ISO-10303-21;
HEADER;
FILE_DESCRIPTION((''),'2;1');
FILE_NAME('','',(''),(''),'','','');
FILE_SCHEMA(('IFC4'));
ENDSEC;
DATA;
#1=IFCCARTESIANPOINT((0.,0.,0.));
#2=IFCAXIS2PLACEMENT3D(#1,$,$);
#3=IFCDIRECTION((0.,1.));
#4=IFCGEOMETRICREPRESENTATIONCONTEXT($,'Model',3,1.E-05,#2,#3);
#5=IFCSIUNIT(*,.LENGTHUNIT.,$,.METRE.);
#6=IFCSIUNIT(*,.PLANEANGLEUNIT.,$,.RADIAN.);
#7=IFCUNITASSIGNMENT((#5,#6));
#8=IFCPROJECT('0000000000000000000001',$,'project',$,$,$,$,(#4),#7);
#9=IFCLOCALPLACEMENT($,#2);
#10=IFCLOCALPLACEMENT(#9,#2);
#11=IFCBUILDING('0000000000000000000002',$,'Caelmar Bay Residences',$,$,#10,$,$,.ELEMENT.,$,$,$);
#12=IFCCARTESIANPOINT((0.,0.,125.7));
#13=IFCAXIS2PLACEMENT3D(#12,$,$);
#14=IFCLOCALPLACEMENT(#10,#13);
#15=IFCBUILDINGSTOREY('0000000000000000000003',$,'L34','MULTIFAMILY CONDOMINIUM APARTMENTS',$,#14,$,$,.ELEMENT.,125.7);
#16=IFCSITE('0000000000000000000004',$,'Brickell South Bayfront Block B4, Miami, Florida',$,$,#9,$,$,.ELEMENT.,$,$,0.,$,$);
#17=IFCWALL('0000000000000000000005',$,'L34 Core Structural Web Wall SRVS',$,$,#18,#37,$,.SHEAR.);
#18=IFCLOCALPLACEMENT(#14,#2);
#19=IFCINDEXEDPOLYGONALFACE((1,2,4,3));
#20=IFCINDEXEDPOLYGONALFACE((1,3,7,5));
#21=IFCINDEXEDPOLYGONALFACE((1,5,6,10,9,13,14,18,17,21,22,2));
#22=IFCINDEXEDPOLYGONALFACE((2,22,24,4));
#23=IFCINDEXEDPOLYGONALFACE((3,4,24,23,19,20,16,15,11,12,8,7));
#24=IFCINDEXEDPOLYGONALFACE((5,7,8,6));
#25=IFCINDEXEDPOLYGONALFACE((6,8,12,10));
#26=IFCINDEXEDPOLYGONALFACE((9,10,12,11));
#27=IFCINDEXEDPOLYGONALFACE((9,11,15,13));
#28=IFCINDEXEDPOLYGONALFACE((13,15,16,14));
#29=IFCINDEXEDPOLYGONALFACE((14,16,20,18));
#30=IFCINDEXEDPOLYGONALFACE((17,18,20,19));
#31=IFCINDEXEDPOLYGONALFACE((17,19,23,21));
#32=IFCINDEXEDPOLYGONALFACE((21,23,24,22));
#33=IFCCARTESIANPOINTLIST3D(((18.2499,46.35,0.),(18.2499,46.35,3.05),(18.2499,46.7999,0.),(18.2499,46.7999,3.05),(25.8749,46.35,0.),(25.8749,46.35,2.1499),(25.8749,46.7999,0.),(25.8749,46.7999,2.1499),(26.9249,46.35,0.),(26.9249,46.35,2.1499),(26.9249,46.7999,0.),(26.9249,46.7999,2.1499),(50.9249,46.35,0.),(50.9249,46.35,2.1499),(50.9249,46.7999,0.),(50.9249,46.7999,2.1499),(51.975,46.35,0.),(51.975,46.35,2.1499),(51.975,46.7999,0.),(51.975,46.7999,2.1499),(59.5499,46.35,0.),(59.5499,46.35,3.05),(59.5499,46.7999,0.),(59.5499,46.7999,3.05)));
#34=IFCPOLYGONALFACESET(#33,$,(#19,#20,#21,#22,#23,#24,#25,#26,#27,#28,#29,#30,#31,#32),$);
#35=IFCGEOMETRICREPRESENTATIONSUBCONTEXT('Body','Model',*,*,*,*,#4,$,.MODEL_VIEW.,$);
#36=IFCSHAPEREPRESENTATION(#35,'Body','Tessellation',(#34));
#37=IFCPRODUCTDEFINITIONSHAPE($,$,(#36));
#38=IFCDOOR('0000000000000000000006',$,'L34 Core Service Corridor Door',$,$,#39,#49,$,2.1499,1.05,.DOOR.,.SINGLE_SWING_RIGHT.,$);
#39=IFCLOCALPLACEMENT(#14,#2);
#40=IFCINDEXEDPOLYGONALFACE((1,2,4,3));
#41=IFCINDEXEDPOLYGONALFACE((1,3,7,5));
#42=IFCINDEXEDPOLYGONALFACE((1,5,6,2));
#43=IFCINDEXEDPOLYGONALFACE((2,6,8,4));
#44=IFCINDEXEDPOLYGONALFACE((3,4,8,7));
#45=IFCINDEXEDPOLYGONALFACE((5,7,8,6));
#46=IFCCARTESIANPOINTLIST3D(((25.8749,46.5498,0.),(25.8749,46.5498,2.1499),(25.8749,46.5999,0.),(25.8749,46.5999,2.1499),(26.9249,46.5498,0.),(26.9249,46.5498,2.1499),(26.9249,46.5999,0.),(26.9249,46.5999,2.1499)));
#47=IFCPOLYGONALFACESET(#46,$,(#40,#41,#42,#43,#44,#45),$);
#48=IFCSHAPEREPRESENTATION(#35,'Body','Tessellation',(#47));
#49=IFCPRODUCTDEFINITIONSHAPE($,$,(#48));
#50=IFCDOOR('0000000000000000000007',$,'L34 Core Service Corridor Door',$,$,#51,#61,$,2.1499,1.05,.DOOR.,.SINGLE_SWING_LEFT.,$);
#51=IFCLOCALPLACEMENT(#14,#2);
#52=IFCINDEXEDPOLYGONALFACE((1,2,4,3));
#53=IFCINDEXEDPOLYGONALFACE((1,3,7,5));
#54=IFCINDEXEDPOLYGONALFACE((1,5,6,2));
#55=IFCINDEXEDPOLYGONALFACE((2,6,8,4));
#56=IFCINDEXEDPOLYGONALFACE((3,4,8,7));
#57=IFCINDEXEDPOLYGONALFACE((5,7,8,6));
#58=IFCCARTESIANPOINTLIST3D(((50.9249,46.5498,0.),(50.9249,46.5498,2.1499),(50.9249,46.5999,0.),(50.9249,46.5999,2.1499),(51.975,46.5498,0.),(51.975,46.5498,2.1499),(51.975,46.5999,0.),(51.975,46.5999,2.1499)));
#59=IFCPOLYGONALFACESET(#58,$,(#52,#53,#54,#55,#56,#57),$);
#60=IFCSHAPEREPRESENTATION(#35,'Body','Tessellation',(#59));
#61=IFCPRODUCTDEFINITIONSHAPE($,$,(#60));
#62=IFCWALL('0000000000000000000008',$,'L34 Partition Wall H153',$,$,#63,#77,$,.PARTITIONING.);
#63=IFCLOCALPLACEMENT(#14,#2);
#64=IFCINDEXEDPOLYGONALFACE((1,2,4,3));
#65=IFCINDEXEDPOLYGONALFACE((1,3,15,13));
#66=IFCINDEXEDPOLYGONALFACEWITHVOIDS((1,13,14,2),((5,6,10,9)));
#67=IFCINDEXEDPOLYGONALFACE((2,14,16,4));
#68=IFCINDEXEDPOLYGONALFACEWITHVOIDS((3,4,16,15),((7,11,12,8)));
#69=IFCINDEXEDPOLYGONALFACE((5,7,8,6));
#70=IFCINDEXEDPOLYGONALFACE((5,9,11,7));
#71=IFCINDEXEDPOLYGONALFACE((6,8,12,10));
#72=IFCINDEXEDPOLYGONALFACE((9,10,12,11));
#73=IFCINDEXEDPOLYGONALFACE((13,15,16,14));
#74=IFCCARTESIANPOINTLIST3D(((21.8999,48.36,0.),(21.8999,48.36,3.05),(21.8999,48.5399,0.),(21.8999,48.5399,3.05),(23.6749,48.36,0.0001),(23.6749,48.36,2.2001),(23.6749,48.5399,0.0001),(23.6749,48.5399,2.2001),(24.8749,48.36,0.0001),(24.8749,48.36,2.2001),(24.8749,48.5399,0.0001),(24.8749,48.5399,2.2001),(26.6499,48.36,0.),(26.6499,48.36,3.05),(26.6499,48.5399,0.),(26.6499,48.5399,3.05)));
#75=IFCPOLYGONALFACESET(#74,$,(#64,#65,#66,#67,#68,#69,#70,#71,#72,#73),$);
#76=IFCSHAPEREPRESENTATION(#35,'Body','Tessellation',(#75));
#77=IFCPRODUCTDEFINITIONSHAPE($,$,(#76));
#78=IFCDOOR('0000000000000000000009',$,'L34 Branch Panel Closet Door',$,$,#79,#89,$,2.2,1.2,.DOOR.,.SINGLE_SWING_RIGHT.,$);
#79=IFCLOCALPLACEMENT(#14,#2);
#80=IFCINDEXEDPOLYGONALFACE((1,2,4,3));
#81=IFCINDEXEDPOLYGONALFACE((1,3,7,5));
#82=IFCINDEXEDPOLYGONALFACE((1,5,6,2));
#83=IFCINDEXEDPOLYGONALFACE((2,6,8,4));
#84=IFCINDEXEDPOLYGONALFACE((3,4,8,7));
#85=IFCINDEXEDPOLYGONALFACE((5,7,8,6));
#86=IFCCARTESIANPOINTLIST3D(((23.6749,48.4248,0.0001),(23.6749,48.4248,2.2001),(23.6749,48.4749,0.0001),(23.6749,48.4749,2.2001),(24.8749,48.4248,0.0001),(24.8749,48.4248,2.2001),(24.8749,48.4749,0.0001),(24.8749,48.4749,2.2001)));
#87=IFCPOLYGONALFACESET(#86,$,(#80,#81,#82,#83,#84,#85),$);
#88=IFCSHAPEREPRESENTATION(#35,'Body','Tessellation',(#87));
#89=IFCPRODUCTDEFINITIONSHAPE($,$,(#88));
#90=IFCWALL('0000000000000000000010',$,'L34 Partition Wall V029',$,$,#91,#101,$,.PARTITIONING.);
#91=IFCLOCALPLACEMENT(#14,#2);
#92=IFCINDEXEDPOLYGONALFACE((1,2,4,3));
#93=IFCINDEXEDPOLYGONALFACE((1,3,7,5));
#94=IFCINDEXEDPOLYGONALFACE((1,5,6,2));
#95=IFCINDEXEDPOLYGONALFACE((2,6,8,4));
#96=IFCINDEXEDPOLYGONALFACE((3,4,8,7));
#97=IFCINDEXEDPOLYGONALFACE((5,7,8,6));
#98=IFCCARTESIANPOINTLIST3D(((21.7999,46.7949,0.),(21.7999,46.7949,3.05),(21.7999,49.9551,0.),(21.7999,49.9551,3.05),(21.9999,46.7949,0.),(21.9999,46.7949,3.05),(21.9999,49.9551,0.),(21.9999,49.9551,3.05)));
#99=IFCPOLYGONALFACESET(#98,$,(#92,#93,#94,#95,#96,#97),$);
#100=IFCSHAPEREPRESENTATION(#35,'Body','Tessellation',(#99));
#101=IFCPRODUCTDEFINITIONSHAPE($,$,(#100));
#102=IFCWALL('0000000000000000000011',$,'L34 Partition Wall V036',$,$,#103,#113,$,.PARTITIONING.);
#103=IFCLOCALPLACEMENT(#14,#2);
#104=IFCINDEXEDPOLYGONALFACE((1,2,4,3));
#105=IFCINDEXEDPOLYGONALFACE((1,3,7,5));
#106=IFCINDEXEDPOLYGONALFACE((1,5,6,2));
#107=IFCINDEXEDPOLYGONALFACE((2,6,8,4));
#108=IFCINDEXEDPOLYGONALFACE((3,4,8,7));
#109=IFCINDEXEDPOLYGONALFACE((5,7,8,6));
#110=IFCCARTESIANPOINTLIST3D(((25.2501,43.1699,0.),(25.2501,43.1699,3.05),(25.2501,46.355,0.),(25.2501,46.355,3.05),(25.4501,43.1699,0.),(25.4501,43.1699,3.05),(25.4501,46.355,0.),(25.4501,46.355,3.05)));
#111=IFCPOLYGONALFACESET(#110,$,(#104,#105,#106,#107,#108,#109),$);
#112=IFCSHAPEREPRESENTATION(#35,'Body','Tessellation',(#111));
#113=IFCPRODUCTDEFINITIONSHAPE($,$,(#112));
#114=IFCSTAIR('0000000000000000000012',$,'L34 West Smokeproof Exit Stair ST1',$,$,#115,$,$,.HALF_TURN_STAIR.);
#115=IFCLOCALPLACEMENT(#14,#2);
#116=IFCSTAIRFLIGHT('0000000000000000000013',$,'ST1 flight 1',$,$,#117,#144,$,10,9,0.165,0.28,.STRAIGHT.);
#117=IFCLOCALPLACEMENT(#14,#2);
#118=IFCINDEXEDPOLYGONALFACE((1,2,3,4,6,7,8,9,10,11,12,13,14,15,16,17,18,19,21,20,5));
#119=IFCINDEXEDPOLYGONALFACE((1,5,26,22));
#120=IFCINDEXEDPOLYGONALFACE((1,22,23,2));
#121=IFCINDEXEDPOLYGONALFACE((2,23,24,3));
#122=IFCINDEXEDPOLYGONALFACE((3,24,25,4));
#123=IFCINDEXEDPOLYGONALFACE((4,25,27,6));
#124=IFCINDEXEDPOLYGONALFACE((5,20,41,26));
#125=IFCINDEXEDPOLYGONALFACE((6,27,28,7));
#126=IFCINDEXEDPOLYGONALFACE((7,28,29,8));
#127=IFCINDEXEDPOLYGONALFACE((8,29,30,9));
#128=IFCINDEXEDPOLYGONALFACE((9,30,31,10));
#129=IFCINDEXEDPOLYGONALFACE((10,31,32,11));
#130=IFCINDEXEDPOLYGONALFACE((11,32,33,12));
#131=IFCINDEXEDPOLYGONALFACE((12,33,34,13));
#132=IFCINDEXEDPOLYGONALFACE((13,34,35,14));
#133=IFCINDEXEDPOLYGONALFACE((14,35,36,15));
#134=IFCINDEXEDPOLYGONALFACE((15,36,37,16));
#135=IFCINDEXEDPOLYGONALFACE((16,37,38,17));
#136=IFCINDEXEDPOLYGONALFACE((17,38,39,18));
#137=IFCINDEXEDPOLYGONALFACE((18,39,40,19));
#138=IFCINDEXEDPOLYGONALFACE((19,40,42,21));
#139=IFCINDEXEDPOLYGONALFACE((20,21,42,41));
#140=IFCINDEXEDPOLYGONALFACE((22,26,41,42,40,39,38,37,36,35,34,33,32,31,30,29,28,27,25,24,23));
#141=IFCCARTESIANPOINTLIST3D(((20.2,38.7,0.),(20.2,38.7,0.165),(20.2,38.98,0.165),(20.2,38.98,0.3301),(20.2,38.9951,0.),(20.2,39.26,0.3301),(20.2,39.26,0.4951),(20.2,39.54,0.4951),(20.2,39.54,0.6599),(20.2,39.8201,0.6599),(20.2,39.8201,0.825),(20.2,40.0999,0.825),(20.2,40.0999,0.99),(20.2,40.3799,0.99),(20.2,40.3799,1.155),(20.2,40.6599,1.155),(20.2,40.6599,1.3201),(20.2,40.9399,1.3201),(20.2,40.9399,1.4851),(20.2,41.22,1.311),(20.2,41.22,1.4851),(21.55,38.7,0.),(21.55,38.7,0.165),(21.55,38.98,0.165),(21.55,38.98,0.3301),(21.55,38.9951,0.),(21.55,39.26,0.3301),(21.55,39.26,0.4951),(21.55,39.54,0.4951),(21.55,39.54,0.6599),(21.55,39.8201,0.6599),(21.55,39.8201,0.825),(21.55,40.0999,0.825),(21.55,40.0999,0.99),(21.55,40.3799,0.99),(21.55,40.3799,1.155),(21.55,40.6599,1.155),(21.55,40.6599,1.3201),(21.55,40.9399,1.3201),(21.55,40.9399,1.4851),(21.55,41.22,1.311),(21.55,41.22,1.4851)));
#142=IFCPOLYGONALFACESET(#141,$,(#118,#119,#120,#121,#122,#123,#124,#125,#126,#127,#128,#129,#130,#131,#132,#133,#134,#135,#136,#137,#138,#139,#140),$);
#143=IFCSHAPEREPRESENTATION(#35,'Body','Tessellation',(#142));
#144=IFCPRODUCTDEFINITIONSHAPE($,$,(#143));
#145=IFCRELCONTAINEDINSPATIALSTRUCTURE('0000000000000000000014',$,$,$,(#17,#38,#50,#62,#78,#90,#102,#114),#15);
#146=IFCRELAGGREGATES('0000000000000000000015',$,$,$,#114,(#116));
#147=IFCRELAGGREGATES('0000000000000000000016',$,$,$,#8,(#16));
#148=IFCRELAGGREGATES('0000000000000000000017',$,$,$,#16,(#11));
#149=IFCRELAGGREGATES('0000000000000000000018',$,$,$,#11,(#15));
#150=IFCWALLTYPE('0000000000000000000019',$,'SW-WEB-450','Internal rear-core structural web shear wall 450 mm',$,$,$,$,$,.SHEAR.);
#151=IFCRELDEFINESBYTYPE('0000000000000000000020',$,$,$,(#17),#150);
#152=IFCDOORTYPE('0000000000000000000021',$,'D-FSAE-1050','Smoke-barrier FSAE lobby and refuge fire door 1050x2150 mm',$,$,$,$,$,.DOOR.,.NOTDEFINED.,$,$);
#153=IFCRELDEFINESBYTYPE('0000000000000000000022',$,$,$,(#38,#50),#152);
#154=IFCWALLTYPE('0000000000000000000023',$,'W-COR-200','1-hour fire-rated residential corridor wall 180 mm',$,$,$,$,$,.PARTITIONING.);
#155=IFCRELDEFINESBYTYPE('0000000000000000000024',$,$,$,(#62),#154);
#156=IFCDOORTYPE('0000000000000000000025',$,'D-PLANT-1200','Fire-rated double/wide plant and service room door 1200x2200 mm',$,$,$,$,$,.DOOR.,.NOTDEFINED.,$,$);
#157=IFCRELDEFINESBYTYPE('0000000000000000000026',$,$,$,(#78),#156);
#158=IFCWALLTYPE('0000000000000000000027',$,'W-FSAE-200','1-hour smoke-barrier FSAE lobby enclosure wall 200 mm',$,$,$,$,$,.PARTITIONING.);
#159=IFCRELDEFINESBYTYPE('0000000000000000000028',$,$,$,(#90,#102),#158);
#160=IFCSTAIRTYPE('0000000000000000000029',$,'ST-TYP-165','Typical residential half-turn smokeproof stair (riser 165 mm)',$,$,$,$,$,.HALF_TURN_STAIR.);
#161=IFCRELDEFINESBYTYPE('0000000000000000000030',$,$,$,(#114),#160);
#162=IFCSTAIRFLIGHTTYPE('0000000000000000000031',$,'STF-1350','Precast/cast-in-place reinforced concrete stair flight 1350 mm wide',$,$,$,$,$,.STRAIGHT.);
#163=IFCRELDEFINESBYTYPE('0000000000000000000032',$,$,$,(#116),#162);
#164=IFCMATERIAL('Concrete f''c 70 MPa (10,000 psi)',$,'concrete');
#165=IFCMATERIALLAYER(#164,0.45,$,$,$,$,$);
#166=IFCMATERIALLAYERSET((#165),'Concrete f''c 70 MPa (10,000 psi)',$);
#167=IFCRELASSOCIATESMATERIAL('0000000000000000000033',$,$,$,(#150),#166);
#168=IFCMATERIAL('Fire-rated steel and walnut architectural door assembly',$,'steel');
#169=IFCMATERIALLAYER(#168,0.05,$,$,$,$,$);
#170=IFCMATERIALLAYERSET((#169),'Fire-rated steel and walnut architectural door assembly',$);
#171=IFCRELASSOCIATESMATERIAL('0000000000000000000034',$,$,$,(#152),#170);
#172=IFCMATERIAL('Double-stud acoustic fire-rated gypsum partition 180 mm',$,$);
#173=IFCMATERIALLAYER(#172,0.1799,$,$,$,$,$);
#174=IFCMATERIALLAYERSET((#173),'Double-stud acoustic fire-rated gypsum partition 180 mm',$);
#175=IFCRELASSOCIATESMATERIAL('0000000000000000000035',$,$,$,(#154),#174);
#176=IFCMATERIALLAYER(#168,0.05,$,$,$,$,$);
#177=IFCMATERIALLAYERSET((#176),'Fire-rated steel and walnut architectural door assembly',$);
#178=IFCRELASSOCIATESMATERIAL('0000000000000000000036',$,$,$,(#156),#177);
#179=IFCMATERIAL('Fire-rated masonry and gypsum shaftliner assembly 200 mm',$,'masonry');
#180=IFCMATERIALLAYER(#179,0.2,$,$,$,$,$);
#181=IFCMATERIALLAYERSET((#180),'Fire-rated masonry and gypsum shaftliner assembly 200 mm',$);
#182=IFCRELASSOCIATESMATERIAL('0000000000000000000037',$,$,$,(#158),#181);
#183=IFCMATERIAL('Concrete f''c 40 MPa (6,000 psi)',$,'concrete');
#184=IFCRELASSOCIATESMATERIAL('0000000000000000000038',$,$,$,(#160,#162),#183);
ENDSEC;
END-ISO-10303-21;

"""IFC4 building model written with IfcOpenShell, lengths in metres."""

from ifc_helpers import new_model, si_unit, direction, frame, frame_2d, origin, place, context, subcontext, project, spatial, polyline, rectangle, outline, extrude, material, layer, layer_set, type_object, element, fill, aggregate, save


model = new_model("IFC4")

# Units and contexts
model_context = context("Model", 3, precision=1e-05, world=origin(), true_north=direction((0.0, 1.0)))
body_context = subcontext(model_context, "Body", "Model", "MODEL_VIEW")
ifc_project = project(units=[si_unit("LENGTHUNIT", "METRE"), si_unit("PLANEANGLEUNIT", "RADIAN")], contexts=[model_context])

# Site, building, storey
site_placement = place(None, origin())
site = spatial("IfcSite", under=ifc_project, at=site_placement, Name="Brickell South Bayfront Block B4, Miami, Florida", CompositionType="ELEMENT", RefElevation=0.0)
building_placement = place(site_placement, origin())
building = spatial("IfcBuilding", under=site, at=building_placement, Name="Caelmar Bay Residences", CompositionType="ELEMENT")
storey_placement = place(building_placement, frame((0.0, 0.0, 125.7)))
storey = spatial("IfcBuildingStorey", under=building, at=storey_placement, Name="L34", Description="MULTIFAMILY CONDOMINIUM APARTMENTS", CompositionType="ELEMENT", Elevation=125.7)

# Shared definitions
ifc_material_1 = material(Name="Fire-rated steel and walnut architectural door assembly", Category="steel")

# Wall, openings, doors
ifc_material_2 = material(Name="Concrete f'c 70 MPa (10,000 psi)", Category="concrete")
ifc_layer_1 = layer(ifc_material_2, 0.45)
ifc_layer_set_1 = layer_set([ifc_layer_1], Name="Concrete f'c 70 MPa (10,000 psi)")
wall_type_1 = type_object("IfcWallType", Name="SW-WEB-450", Description="Internal rear-core structural web shear wall 450 mm", PredefinedType="SHEAR", material=ifc_layer_set_1)
ifc_layer_2 = layer(ifc_material_1, 0.05)
ifc_layer_set_2 = layer_set([ifc_layer_2], Name="Fire-rated steel and walnut architectural door assembly")
door_type_1 = type_object("IfcDoorType", Name="D-FSAE-1050", Description="Smoke-barrier FSAE lobby and refuge fire door 1050x2150 mm", OperationType="NOTDEFINED", PredefinedType="DOOR", material=ifc_layer_set_2)
wall_1_placement = place(storey_placement, frame((18.25, 46.575, 0.0), z_axis=(0.0, 0.0, 1.0), x_axis=(1.0, 0.0, 0.0)))
wall_1 = element("IfcWall", 1, at=wall_1_placement, inside=storey, type_object=wall_type_1, Name="L34 Core Structural Web Wall SRVS", PredefinedType="SHEAR", context=body_context, shape_type="SweptSolid", body=[
    extrude(rectangle(XDim=41.3, YDim=0.45, at=frame_2d((20.6499, 0.0))), origin(), (0.0, 0.0, 1.0), 3.05),
])
opening_1_placement = place(wall_1_placement, frame((7.625, 0.0, 0.0)))
opening_1 = element("IfcOpeningElement", 2, at=opening_1_placement, cuts=wall_1, PredefinedType="OPENING", context=body_context, shape_type="SweptSolid", body=[
    extrude(rectangle(XDim=1.05, YDim=2.1499, at=frame_2d((0.5249, 1.075))), frame((0.0, 0.2349, 0.0), z_axis=(0.0, -1.0, 0.0), x_axis=(1.0, 0.0, 0.0)), (0.0, 0.0, 1.0), 0.47),
])
opening_2_placement = place(wall_1_placement, frame((32.675, 0.0, 0.0)))
opening_2 = element("IfcOpeningElement", 3, at=opening_2_placement, cuts=wall_1, PredefinedType="OPENING", context=body_context, shape_type="SweptSolid", body=[
    extrude(rectangle(XDim=1.05, YDim=2.1499, at=frame_2d((0.5249, 1.075))), frame((0.0, 0.2349, 0.0), z_axis=(0.0, -1.0, 0.0), x_axis=(1.0, 0.0, 0.0)), (0.0, 0.0, 1.0), 0.47),
])
door_1_placement = place(opening_1_placement, origin())
door_1 = element("IfcDoor", 4, at=door_1_placement, inside=storey, type_object=door_type_1, Name="L34 Core Service Corridor Door", OperationType="SINGLE_SWING_RIGHT", OverallHeight=2.1499, OverallWidth=1.05, PredefinedType="DOOR", context=body_context, shape_type="SweptSolid", body=[
    extrude(rectangle(XDim=1.05, YDim=2.1499, at=frame_2d((0.5249, 1.075))), frame((0.0, 0.0249, 0.0), z_axis=(0.0, -1.0, 0.0), x_axis=(1.0, 0.0, 0.0)), (0.0, 0.0, 1.0), 0.05),
])
fill(opening_1, door_1)
door_2_placement = place(opening_2_placement, origin())
door_2 = element("IfcDoor", 5, at=door_2_placement, inside=storey, type_object=door_type_1, Name="L34 Core Service Corridor Door", OperationType="SINGLE_SWING_LEFT", OverallHeight=2.1499, OverallWidth=1.05, PredefinedType="DOOR", context=body_context, shape_type="SweptSolid", body=[
    extrude(rectangle(XDim=1.05, YDim=2.1499, at=frame_2d((0.5249, 1.075))), frame((0.0, 0.0249, 0.0), z_axis=(0.0, -1.0, 0.0), x_axis=(1.0, 0.0, 0.0)), (0.0, 0.0, 1.0), 0.05),
])
fill(opening_2, door_2)

# Wall, opening, door
ifc_material_3 = material(Name="Double-stud acoustic fire-rated gypsum partition 180 mm")
ifc_layer_3 = layer(ifc_material_3, 0.1799)
ifc_layer_set_3 = layer_set([ifc_layer_3], Name="Double-stud acoustic fire-rated gypsum partition 180 mm")
wall_type_2 = type_object("IfcWallType", Name="W-COR-200", Description="1-hour fire-rated residential corridor wall 180 mm", PredefinedType="PARTITIONING", material=ifc_layer_set_3)
wall_2_placement = place(storey_placement, frame((21.8999, 48.45, 0.0), z_axis=(0.0, 0.0, 1.0), x_axis=(1.0, 0.0, 0.0)))
wall_2 = element("IfcWall", 6, at=wall_2_placement, inside=storey, type_object=wall_type_2, Name="L34 Partition Wall H153", PredefinedType="PARTITIONING", context=body_context, shape_type="SweptSolid", body=[
    extrude(rectangle(XDim=4.75, YDim=0.1799, at=frame_2d((2.375, 0.0))), origin(), (0.0, 0.0, 1.0), 3.05),
])
opening_3_placement = place(wall_2_placement, frame((1.7749, 0.0, 0.0)))
opening_3 = element("IfcOpeningElement", 7, at=opening_3_placement, cuts=wall_2, PredefinedType="OPENING", context=body_context, shape_type="SweptSolid", body=[
    extrude(rectangle(XDim=1.2, YDim=2.2, at=frame_2d((0.6001, 1.1001))), frame((0.0, 0.0999, 0.0), z_axis=(0.0, -1.0, 0.0), x_axis=(1.0, 0.0, 0.0)), (0.0, 0.0, 1.0), 0.2),
])
ifc_layer_4 = layer(ifc_material_1, 0.05)
ifc_layer_set_4 = layer_set([ifc_layer_4], Name="Fire-rated steel and walnut architectural door assembly")
door_type_2 = type_object("IfcDoorType", Name="D-PLANT-1200", Description="Fire-rated double/wide plant and service room door 1200x2200 mm", OperationType="NOTDEFINED", PredefinedType="DOOR", material=ifc_layer_set_4)
door_3_placement = place(opening_3_placement, origin())
door_3 = element("IfcDoor", 8, at=door_3_placement, inside=storey, type_object=door_type_2, Name="L34 Branch Panel Closet Door", OperationType="SINGLE_SWING_RIGHT", OverallHeight=2.2, OverallWidth=1.2, PredefinedType="DOOR", context=body_context, shape_type="SweptSolid", body=[
    extrude(rectangle(XDim=1.2, YDim=2.2, at=frame_2d((0.6001, 1.1001))), frame((0.0, 0.0249, 0.0), z_axis=(0.0, -1.0, 0.0), x_axis=(1.0, 0.0, 0.0)), (0.0, 0.0, 1.0), 0.05),
])
fill(opening_3, door_3)

# Walls
ifc_material_4 = material(Name="Fire-rated masonry and gypsum shaftliner assembly 200 mm", Category="masonry")
ifc_layer_5 = layer(ifc_material_4, 0.2)
ifc_layer_set_5 = layer_set([ifc_layer_5], Name="Fire-rated masonry and gypsum shaftliner assembly 200 mm")
wall_type_3 = type_object("IfcWallType", Name="W-FSAE-200", Description="1-hour smoke-barrier FSAE lobby enclosure wall 200 mm", PredefinedType="PARTITIONING", material=ifc_layer_set_5)
wall_3_placement = place(storey_placement, frame((21.8999, 46.7949, 0.0), z_axis=(0.0, 0.0, 1.0), x_axis=(0.0, 1.0, 0.0)))
element("IfcWall", 9, at=wall_3_placement, inside=storey, type_object=wall_type_3, Name="L34 Partition Wall V029", PredefinedType="PARTITIONING", context=body_context, shape_type="SweptSolid", body=[
    extrude(rectangle(XDim=3.1602, YDim=0.2, at=frame_2d((1.5801, 0.0))), origin(), (0.0, 0.0, 1.0), 3.05),
])
wall_4_placement = place(storey_placement, frame((25.3501, 43.1699, 0.0), z_axis=(0.0, 0.0, 1.0), x_axis=(0.0, 1.0, 0.0)))
element("IfcWall", 10, at=wall_4_placement, inside=storey, type_object=wall_type_3, Name="L34 Partition Wall V036", PredefinedType="PARTITIONING", context=body_context, shape_type="SweptSolid", body=[
    extrude(rectangle(XDim=3.1851, YDim=0.2, at=frame_2d((1.5925, 0.0))), origin(), (0.0, 0.0, 1.0), 3.05),
])

# Stair, stair flight
ifc_material_5 = material(Name="Concrete f'c 40 MPa (6,000 psi)", Category="concrete")
stair_type = type_object("IfcStairType", Name="ST-TYP-165", Description="Typical residential half-turn smokeproof stair (riser 165 mm)", PredefinedType="HALF_TURN_STAIR", material=ifc_material_5)
stair_placement = place(storey_placement, origin())
stair = element("IfcStair", 11, at=stair_placement, inside=storey, type_object=stair_type, Name="L34 West Smokeproof Exit Stair ST1", PredefinedType="HALF_TURN_STAIR")
stair_flight_type = type_object("IfcStairFlightType", Name="STF-1350", Description="Precast/cast-in-place reinforced concrete stair flight 1350 mm wide", PredefinedType="STRAIGHT", material=ifc_material_5)
stair_flight_1_placement = place(storey_placement, frame((20.875, 38.7, 0.0), z_axis=(0.0, 0.0, 1.0), x_axis=(0.0, 1.0, 0.0)))
stair_flight_1 = element("IfcStairFlight", 12, at=stair_flight_1_placement, type_object=stair_flight_type, Name="ST1 flight 1", NumberOfRisers=10, NumberOfTreads=9, PredefinedType="STRAIGHT", RiserHeight=0.165, TreadLength=0.28, context=body_context, shape_type="SweptSolid", body=[
    extrude(outline(polyline([(0.0, 0.0), (0.0, 0.165), (0.28, 0.165), (0.28, 0.3301), (0.5601, 0.3301), (0.5601, 0.4951), (0.8401, 0.4951), (0.8401, 0.6599), (1.1201, 0.6599), (1.1201, 0.825), (1.3999, 0.825), (1.3999, 0.99), (1.6799, 0.99), (1.6799, 1.155), (1.96, 1.155), (1.96, 1.3201), (2.24, 1.3201), (2.24, 1.4851), (2.52, 1.4851), (2.52, 1.6499), (2.52, 1.311), (0.2952, 0.0), (0.0, 0.0)])), frame((0.0, 0.675, 0.0), z_axis=(0.0, -1.0, 0.0), x_axis=(1.0, 0.0, 0.0)), (0.0, 0.0, 1.0), 1.3501),
])
aggregate(stair, [stair_flight_1])

save(model, "model.ifc")
